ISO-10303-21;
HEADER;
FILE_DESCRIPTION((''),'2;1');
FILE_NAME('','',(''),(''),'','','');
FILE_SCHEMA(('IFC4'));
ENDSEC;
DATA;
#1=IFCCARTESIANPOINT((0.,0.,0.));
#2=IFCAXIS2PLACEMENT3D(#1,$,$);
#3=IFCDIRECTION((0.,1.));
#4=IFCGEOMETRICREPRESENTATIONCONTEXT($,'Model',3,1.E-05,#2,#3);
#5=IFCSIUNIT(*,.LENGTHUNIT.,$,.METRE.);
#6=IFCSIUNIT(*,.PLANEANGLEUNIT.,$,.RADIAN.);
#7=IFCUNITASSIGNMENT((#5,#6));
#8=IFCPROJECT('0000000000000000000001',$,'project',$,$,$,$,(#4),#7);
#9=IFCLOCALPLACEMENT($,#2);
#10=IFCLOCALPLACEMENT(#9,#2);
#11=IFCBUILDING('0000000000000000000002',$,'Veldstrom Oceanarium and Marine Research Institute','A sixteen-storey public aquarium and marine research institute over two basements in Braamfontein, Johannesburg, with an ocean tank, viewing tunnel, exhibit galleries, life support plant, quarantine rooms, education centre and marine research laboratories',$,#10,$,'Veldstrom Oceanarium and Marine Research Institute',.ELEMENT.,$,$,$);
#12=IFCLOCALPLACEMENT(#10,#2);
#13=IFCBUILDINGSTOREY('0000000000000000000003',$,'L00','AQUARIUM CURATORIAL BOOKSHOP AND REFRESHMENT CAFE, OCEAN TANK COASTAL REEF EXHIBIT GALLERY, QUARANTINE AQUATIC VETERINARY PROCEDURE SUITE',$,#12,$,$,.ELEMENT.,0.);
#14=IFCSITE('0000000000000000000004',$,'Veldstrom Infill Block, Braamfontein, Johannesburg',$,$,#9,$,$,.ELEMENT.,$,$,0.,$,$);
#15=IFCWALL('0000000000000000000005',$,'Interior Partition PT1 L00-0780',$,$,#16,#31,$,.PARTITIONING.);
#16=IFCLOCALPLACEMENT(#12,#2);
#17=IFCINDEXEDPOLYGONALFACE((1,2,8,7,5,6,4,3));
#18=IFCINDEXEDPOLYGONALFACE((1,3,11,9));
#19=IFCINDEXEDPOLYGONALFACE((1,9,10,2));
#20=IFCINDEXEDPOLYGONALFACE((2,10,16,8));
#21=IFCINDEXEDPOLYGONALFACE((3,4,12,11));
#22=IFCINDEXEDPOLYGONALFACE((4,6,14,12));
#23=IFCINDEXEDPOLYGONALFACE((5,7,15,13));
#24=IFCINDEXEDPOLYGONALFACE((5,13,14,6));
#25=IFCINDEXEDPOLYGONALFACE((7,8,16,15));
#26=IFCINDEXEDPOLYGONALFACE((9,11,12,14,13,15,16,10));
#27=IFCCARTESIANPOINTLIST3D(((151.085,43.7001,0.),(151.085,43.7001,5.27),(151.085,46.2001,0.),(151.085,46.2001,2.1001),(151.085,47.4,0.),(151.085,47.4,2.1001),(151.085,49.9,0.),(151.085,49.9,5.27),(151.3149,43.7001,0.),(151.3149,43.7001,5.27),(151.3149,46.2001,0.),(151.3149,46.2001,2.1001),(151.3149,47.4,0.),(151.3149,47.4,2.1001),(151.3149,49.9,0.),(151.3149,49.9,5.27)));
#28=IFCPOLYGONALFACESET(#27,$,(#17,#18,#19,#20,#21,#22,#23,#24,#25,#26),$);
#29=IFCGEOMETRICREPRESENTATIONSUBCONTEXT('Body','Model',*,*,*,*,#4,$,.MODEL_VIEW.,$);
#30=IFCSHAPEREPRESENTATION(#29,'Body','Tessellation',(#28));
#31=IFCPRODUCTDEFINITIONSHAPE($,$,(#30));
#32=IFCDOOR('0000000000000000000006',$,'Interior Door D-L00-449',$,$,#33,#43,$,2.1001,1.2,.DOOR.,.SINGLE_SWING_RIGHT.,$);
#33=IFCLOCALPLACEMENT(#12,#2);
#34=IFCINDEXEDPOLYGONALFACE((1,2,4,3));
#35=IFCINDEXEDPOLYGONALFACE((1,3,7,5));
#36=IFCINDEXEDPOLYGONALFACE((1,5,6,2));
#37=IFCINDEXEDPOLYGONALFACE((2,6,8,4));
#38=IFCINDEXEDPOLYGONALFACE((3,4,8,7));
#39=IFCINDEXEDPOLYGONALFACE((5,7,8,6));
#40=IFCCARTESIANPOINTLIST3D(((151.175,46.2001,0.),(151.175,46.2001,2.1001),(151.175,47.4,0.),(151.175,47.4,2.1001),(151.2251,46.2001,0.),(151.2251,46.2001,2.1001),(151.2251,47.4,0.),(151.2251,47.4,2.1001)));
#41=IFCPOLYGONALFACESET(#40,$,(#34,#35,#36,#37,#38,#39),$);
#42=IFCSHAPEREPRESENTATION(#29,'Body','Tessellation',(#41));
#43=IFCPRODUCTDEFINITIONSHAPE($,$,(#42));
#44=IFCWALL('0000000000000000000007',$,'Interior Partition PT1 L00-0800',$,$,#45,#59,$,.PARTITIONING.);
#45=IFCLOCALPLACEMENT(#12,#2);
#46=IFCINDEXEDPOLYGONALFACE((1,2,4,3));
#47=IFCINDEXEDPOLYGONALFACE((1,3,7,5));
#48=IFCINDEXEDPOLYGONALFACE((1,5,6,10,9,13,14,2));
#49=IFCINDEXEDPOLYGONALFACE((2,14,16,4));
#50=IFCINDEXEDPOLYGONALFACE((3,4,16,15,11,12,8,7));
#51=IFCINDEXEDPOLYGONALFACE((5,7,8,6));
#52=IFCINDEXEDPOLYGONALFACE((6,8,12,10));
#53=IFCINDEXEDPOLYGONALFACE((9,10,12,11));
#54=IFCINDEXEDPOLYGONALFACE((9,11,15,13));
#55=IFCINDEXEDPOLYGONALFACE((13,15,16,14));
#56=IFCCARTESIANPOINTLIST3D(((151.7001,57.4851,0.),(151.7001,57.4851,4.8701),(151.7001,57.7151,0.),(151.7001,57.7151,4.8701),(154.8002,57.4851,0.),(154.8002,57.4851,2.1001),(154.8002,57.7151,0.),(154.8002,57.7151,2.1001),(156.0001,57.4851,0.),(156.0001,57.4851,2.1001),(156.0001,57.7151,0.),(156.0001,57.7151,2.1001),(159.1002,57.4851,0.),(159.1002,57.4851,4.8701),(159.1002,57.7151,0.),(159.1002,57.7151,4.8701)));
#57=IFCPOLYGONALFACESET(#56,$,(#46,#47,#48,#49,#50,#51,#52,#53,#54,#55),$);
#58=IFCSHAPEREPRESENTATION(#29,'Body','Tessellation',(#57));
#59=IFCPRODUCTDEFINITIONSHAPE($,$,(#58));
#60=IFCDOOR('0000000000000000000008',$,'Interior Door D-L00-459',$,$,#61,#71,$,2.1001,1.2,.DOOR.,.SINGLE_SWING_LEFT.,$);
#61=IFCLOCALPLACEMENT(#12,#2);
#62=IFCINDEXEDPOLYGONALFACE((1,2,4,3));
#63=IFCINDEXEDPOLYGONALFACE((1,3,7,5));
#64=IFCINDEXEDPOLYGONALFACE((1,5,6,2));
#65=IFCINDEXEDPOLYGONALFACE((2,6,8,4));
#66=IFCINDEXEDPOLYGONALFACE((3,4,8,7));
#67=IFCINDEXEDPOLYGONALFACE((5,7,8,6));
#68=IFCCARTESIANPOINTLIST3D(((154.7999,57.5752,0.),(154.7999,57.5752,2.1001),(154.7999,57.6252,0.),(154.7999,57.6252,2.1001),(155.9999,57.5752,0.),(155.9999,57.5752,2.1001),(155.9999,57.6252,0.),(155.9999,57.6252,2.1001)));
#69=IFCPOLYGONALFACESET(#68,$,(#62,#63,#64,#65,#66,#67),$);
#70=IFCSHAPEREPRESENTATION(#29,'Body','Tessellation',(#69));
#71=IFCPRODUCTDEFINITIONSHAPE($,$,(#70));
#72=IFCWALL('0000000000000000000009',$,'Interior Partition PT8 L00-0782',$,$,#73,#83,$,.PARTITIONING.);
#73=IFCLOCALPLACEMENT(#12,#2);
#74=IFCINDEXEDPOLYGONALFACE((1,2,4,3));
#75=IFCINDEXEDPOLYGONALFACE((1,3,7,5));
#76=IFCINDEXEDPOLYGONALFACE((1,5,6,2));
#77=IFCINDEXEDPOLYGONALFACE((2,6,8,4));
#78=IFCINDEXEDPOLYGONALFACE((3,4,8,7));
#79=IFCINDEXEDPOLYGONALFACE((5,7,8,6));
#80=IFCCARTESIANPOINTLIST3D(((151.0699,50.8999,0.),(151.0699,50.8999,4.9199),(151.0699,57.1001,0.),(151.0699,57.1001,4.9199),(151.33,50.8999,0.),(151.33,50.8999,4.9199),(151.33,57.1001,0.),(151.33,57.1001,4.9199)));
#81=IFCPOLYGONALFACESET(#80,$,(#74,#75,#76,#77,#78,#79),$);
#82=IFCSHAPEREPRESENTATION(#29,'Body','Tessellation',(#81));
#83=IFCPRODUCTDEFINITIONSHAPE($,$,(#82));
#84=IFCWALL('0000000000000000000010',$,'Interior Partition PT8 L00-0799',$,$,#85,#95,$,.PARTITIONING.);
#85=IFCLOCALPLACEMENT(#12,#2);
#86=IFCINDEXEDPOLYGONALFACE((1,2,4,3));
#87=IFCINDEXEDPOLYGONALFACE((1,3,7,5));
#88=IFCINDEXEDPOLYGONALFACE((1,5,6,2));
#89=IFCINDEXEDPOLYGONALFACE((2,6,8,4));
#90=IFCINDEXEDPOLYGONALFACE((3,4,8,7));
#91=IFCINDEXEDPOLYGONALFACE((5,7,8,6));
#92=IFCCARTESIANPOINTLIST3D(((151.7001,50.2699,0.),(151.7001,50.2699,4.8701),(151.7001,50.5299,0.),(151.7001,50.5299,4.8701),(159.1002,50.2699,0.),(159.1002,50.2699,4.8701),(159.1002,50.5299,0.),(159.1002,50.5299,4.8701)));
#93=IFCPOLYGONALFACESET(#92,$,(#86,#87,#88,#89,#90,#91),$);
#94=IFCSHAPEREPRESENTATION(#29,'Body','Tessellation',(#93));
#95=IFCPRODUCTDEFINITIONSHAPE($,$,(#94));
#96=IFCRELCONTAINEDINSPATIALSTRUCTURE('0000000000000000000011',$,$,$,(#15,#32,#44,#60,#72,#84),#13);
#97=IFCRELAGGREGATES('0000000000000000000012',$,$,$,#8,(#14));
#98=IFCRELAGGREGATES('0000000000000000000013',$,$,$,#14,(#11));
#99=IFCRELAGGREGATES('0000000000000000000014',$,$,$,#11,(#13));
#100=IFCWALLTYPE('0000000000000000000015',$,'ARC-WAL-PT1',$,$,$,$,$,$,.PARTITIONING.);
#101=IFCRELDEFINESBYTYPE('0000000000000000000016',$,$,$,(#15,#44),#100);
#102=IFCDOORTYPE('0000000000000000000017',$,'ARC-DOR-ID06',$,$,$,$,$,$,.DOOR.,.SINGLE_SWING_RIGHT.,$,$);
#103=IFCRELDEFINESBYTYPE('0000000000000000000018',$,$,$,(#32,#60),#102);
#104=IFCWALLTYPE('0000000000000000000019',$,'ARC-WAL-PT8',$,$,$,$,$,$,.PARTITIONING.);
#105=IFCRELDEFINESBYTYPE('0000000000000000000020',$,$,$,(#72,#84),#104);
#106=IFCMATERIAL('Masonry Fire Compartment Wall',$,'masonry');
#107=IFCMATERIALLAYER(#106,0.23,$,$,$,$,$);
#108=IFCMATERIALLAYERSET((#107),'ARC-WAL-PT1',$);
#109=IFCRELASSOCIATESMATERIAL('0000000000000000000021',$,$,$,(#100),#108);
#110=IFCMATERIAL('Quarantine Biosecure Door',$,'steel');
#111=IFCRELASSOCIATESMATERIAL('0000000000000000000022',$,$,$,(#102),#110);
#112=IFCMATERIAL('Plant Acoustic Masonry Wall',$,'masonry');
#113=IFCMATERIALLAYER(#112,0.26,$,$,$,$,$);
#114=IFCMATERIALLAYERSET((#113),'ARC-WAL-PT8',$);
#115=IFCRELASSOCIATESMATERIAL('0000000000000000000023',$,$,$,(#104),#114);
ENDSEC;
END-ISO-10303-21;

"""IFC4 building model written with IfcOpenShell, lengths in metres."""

from ifc_helpers import new_model, si_unit, direction, frame, frame_2d, origin, place, context, subcontext, project, spatial, rectangle, extrude, material, layer, layer_set, type_object, element, fill, save


model = new_model("IFC4")

# Units and contexts
model_context = context("Model", 3, precision=1e-05, world=origin(), true_north=direction((0.0, 1.0)))
body_context = subcontext(model_context, "Body", "Model", "MODEL_VIEW")
ifc_project = project(units=[si_unit("LENGTHUNIT", "METRE"), si_unit("PLANEANGLEUNIT", "RADIAN")], contexts=[model_context])

# Site, building, storey
site_placement = place(None, origin())
site = spatial("IfcSite", under=ifc_project, at=site_placement, Name="Veldstrom Infill Block, Braamfontein, Johannesburg", CompositionType="ELEMENT", RefElevation=0.0)
building_placement = place(site_placement, origin())
building = spatial("IfcBuilding", under=site, at=building_placement, Name="Veldstrom Oceanarium and Marine Research Institute", Description="A sixteen-storey public aquarium and marine research institute over two basements in Braamfontein, Johannesburg, with an ocean tank, viewing tunnel, exhibit galleries, life support plant, quarantine rooms, education centre and marine research laboratories", LongName="Veldstrom Oceanarium and Marine Research Institute", CompositionType="ELEMENT")
storey_placement = place(building_placement, origin())
storey = spatial("IfcBuildingStorey", under=building, at=storey_placement, Name="L00", Description="AQUARIUM CURATORIAL BOOKSHOP AND REFRESHMENT CAFE, OCEAN TANK COASTAL REEF EXHIBIT GALLERY, QUARANTINE AQUATIC VETERINARY PROCEDURE SUITE", CompositionType="ELEMENT", Elevation=0.0)

# Walls, openings, doors
ifc_material_1 = material(Name="Masonry Fire Compartment Wall", Category="masonry")
ifc_layer_1 = layer(ifc_material_1, 0.23)
ifc_layer_set_1 = layer_set([ifc_layer_1], Name="ARC-WAL-PT1")
wall_type_1 = type_object("IfcWallType", Name="ARC-WAL-PT1", PredefinedType="PARTITIONING", material=ifc_layer_set_1)
wall_1_placement = place(storey_placement, frame((151.2, 43.7, 0.0), z_axis=(0.0, 0.0, 1.0), x_axis=(0.0, 1.0, 0.0)))
wall_1 = element("IfcWall", 1, at=wall_1_placement, inside=storey, type_object=wall_type_1, Name="Interior Partition PT1 L00-0780", PredefinedType="PARTITIONING", context=body_context, shape_type="SweptSolid", body=[
    extrude(rectangle(XDim=6.2, YDim=0.23, at=frame_2d((3.1001, 0.0))), origin(), (0.0, 0.0, 1.0), 5.27),
])
opening_1_placement = place(wall_1_placement, frame((2.5, 0.0, 0.0)))
opening_1 = element("IfcOpeningElement", 2, at=opening_1_placement, cuts=wall_1, PredefinedType="OPENING", context=body_context, shape_type="SweptSolid", body=[
    extrude(rectangle(XDim=1.2, YDim=2.1001, at=frame_2d((0.6001, 1.05))), frame((0.0, 0.125, 0.0), z_axis=(0.0, -1.0, 0.0), x_axis=(1.0, 0.0, 0.0)), (0.0, 0.0, 1.0), 0.25),
])
ifc_material_2 = material(Name="Quarantine Biosecure Door", Category="steel")
door_type = type_object("IfcDoorType", Name="ARC-DOR-ID06", OperationType="SINGLE_SWING_RIGHT", PredefinedType="DOOR", material=ifc_material_2)
door_1_placement = place(opening_1_placement, origin())
door_1 = element("IfcDoor", 3, at=door_1_placement, inside=storey, type_object=door_type, Name="Interior Door D-L00-449", OperationType="SINGLE_SWING_RIGHT", OverallHeight=2.1001, OverallWidth=1.2, PredefinedType="DOOR", context=body_context, shape_type="SweptSolid", body=[
    extrude(rectangle(XDim=1.2, YDim=2.1001, at=frame_2d((0.6001, 1.05))), frame((0.0, 0.0249, 0.0), z_axis=(0.0, -1.0, 0.0), x_axis=(1.0, 0.0, 0.0)), (0.0, 0.0, 1.0), 0.05),
])
fill(opening_1, door_1)
wall_2_placement = place(storey_placement, frame((151.7, 57.6001, 0.0), z_axis=(0.0, 0.0, 1.0), x_axis=(1.0, 0.0, 0.0)))
wall_2 = element("IfcWall", 4, at=wall_2_placement, inside=storey, type_object=wall_type_1, Name="Interior Partition PT1 L00-0800", PredefinedType="PARTITIONING", context=body_context, shape_type="SweptSolid", body=[
    extrude(rectangle(XDim=7.4001, YDim=0.23, at=frame_2d((3.7002, 0.0))), origin(), (0.0, 0.0, 1.0), 4.8701),
])
opening_2_placement = place(wall_2_placement, frame((3.1001, 0.0, 0.0)))
opening_2 = element("IfcOpeningElement", 5, at=opening_2_placement, cuts=wall_2, PredefinedType="OPENING", context=body_context, shape_type="SweptSolid", body=[
    extrude(rectangle(XDim=1.2, YDim=2.1001, at=frame_2d((0.6001, 1.05))), frame((0.0, 0.125, 0.0), z_axis=(0.0, -1.0, 0.0), x_axis=(1.0, 0.0, 0.0)), (0.0, 0.0, 1.0), 0.25),
])
door_2_placement = place(opening_2_placement, frame((1.2, 0.0, 0.0), z_axis=(0.0, 0.0, 1.0), x_axis=(-1.0, 0.0, 0.0)))
door_2 = element("IfcDoor", 6, at=door_2_placement, inside=storey, type_object=door_type, Name="Interior Door D-L00-459", OperationType="SINGLE_SWING_LEFT", OverallHeight=2.1001, OverallWidth=1.2, PredefinedType="DOOR", context=body_context, shape_type="SweptSolid", body=[
    extrude(rectangle(XDim=1.2, YDim=2.1001, at=frame_2d((0.6001, 1.05))), frame((0.0, 0.0249, 0.0), z_axis=(0.0, -1.0, 0.0), x_axis=(1.0, 0.0, 0.0)), (0.0, 0.0, 1.0), 0.05),
])
fill(opening_2, door_2)

# Walls
ifc_material_3 = material(Name="Plant Acoustic Masonry Wall", Category="masonry")
ifc_layer_2 = layer(ifc_material_3, 0.26)
ifc_layer_set_2 = layer_set([ifc_layer_2], Name="ARC-WAL-PT8")
wall_type_2 = type_object("IfcWallType", Name="ARC-WAL-PT8", PredefinedType="PARTITIONING", material=ifc_layer_set_2)
wall_3_placement = place(storey_placement, frame((151.2, 50.8999, 0.0), z_axis=(0.0, 0.0, 1.0), x_axis=(0.0, 1.0, 0.0)))
element("IfcWall", 7, at=wall_3_placement, inside=storey, type_object=wall_type_2, Name="Interior Partition PT8 L00-0782", PredefinedType="PARTITIONING", context=body_context, shape_type="SweptSolid", body=[
    extrude(rectangle(XDim=6.2002, YDim=0.26, at=frame_2d((3.1001, 0.0))), origin(), (0.0, 0.0, 1.0), 4.9199),
])
wall_4_placement = place(storey_placement, frame((151.7, 50.3999, 0.0), z_axis=(0.0, 0.0, 1.0), x_axis=(1.0, 0.0, 0.0)))
element("IfcWall", 8, at=wall_4_placement, inside=storey, type_object=wall_type_2, Name="Interior Partition PT8 L00-0799", PredefinedType="PARTITIONING", context=body_context, shape_type="SweptSolid", body=[
    extrude(rectangle(XDim=7.4001, YDim=0.26, at=frame_2d((3.7002, 0.0))), origin(), (0.0, 0.0, 1.0), 4.8701),
])

save(model, "model.ifc")
